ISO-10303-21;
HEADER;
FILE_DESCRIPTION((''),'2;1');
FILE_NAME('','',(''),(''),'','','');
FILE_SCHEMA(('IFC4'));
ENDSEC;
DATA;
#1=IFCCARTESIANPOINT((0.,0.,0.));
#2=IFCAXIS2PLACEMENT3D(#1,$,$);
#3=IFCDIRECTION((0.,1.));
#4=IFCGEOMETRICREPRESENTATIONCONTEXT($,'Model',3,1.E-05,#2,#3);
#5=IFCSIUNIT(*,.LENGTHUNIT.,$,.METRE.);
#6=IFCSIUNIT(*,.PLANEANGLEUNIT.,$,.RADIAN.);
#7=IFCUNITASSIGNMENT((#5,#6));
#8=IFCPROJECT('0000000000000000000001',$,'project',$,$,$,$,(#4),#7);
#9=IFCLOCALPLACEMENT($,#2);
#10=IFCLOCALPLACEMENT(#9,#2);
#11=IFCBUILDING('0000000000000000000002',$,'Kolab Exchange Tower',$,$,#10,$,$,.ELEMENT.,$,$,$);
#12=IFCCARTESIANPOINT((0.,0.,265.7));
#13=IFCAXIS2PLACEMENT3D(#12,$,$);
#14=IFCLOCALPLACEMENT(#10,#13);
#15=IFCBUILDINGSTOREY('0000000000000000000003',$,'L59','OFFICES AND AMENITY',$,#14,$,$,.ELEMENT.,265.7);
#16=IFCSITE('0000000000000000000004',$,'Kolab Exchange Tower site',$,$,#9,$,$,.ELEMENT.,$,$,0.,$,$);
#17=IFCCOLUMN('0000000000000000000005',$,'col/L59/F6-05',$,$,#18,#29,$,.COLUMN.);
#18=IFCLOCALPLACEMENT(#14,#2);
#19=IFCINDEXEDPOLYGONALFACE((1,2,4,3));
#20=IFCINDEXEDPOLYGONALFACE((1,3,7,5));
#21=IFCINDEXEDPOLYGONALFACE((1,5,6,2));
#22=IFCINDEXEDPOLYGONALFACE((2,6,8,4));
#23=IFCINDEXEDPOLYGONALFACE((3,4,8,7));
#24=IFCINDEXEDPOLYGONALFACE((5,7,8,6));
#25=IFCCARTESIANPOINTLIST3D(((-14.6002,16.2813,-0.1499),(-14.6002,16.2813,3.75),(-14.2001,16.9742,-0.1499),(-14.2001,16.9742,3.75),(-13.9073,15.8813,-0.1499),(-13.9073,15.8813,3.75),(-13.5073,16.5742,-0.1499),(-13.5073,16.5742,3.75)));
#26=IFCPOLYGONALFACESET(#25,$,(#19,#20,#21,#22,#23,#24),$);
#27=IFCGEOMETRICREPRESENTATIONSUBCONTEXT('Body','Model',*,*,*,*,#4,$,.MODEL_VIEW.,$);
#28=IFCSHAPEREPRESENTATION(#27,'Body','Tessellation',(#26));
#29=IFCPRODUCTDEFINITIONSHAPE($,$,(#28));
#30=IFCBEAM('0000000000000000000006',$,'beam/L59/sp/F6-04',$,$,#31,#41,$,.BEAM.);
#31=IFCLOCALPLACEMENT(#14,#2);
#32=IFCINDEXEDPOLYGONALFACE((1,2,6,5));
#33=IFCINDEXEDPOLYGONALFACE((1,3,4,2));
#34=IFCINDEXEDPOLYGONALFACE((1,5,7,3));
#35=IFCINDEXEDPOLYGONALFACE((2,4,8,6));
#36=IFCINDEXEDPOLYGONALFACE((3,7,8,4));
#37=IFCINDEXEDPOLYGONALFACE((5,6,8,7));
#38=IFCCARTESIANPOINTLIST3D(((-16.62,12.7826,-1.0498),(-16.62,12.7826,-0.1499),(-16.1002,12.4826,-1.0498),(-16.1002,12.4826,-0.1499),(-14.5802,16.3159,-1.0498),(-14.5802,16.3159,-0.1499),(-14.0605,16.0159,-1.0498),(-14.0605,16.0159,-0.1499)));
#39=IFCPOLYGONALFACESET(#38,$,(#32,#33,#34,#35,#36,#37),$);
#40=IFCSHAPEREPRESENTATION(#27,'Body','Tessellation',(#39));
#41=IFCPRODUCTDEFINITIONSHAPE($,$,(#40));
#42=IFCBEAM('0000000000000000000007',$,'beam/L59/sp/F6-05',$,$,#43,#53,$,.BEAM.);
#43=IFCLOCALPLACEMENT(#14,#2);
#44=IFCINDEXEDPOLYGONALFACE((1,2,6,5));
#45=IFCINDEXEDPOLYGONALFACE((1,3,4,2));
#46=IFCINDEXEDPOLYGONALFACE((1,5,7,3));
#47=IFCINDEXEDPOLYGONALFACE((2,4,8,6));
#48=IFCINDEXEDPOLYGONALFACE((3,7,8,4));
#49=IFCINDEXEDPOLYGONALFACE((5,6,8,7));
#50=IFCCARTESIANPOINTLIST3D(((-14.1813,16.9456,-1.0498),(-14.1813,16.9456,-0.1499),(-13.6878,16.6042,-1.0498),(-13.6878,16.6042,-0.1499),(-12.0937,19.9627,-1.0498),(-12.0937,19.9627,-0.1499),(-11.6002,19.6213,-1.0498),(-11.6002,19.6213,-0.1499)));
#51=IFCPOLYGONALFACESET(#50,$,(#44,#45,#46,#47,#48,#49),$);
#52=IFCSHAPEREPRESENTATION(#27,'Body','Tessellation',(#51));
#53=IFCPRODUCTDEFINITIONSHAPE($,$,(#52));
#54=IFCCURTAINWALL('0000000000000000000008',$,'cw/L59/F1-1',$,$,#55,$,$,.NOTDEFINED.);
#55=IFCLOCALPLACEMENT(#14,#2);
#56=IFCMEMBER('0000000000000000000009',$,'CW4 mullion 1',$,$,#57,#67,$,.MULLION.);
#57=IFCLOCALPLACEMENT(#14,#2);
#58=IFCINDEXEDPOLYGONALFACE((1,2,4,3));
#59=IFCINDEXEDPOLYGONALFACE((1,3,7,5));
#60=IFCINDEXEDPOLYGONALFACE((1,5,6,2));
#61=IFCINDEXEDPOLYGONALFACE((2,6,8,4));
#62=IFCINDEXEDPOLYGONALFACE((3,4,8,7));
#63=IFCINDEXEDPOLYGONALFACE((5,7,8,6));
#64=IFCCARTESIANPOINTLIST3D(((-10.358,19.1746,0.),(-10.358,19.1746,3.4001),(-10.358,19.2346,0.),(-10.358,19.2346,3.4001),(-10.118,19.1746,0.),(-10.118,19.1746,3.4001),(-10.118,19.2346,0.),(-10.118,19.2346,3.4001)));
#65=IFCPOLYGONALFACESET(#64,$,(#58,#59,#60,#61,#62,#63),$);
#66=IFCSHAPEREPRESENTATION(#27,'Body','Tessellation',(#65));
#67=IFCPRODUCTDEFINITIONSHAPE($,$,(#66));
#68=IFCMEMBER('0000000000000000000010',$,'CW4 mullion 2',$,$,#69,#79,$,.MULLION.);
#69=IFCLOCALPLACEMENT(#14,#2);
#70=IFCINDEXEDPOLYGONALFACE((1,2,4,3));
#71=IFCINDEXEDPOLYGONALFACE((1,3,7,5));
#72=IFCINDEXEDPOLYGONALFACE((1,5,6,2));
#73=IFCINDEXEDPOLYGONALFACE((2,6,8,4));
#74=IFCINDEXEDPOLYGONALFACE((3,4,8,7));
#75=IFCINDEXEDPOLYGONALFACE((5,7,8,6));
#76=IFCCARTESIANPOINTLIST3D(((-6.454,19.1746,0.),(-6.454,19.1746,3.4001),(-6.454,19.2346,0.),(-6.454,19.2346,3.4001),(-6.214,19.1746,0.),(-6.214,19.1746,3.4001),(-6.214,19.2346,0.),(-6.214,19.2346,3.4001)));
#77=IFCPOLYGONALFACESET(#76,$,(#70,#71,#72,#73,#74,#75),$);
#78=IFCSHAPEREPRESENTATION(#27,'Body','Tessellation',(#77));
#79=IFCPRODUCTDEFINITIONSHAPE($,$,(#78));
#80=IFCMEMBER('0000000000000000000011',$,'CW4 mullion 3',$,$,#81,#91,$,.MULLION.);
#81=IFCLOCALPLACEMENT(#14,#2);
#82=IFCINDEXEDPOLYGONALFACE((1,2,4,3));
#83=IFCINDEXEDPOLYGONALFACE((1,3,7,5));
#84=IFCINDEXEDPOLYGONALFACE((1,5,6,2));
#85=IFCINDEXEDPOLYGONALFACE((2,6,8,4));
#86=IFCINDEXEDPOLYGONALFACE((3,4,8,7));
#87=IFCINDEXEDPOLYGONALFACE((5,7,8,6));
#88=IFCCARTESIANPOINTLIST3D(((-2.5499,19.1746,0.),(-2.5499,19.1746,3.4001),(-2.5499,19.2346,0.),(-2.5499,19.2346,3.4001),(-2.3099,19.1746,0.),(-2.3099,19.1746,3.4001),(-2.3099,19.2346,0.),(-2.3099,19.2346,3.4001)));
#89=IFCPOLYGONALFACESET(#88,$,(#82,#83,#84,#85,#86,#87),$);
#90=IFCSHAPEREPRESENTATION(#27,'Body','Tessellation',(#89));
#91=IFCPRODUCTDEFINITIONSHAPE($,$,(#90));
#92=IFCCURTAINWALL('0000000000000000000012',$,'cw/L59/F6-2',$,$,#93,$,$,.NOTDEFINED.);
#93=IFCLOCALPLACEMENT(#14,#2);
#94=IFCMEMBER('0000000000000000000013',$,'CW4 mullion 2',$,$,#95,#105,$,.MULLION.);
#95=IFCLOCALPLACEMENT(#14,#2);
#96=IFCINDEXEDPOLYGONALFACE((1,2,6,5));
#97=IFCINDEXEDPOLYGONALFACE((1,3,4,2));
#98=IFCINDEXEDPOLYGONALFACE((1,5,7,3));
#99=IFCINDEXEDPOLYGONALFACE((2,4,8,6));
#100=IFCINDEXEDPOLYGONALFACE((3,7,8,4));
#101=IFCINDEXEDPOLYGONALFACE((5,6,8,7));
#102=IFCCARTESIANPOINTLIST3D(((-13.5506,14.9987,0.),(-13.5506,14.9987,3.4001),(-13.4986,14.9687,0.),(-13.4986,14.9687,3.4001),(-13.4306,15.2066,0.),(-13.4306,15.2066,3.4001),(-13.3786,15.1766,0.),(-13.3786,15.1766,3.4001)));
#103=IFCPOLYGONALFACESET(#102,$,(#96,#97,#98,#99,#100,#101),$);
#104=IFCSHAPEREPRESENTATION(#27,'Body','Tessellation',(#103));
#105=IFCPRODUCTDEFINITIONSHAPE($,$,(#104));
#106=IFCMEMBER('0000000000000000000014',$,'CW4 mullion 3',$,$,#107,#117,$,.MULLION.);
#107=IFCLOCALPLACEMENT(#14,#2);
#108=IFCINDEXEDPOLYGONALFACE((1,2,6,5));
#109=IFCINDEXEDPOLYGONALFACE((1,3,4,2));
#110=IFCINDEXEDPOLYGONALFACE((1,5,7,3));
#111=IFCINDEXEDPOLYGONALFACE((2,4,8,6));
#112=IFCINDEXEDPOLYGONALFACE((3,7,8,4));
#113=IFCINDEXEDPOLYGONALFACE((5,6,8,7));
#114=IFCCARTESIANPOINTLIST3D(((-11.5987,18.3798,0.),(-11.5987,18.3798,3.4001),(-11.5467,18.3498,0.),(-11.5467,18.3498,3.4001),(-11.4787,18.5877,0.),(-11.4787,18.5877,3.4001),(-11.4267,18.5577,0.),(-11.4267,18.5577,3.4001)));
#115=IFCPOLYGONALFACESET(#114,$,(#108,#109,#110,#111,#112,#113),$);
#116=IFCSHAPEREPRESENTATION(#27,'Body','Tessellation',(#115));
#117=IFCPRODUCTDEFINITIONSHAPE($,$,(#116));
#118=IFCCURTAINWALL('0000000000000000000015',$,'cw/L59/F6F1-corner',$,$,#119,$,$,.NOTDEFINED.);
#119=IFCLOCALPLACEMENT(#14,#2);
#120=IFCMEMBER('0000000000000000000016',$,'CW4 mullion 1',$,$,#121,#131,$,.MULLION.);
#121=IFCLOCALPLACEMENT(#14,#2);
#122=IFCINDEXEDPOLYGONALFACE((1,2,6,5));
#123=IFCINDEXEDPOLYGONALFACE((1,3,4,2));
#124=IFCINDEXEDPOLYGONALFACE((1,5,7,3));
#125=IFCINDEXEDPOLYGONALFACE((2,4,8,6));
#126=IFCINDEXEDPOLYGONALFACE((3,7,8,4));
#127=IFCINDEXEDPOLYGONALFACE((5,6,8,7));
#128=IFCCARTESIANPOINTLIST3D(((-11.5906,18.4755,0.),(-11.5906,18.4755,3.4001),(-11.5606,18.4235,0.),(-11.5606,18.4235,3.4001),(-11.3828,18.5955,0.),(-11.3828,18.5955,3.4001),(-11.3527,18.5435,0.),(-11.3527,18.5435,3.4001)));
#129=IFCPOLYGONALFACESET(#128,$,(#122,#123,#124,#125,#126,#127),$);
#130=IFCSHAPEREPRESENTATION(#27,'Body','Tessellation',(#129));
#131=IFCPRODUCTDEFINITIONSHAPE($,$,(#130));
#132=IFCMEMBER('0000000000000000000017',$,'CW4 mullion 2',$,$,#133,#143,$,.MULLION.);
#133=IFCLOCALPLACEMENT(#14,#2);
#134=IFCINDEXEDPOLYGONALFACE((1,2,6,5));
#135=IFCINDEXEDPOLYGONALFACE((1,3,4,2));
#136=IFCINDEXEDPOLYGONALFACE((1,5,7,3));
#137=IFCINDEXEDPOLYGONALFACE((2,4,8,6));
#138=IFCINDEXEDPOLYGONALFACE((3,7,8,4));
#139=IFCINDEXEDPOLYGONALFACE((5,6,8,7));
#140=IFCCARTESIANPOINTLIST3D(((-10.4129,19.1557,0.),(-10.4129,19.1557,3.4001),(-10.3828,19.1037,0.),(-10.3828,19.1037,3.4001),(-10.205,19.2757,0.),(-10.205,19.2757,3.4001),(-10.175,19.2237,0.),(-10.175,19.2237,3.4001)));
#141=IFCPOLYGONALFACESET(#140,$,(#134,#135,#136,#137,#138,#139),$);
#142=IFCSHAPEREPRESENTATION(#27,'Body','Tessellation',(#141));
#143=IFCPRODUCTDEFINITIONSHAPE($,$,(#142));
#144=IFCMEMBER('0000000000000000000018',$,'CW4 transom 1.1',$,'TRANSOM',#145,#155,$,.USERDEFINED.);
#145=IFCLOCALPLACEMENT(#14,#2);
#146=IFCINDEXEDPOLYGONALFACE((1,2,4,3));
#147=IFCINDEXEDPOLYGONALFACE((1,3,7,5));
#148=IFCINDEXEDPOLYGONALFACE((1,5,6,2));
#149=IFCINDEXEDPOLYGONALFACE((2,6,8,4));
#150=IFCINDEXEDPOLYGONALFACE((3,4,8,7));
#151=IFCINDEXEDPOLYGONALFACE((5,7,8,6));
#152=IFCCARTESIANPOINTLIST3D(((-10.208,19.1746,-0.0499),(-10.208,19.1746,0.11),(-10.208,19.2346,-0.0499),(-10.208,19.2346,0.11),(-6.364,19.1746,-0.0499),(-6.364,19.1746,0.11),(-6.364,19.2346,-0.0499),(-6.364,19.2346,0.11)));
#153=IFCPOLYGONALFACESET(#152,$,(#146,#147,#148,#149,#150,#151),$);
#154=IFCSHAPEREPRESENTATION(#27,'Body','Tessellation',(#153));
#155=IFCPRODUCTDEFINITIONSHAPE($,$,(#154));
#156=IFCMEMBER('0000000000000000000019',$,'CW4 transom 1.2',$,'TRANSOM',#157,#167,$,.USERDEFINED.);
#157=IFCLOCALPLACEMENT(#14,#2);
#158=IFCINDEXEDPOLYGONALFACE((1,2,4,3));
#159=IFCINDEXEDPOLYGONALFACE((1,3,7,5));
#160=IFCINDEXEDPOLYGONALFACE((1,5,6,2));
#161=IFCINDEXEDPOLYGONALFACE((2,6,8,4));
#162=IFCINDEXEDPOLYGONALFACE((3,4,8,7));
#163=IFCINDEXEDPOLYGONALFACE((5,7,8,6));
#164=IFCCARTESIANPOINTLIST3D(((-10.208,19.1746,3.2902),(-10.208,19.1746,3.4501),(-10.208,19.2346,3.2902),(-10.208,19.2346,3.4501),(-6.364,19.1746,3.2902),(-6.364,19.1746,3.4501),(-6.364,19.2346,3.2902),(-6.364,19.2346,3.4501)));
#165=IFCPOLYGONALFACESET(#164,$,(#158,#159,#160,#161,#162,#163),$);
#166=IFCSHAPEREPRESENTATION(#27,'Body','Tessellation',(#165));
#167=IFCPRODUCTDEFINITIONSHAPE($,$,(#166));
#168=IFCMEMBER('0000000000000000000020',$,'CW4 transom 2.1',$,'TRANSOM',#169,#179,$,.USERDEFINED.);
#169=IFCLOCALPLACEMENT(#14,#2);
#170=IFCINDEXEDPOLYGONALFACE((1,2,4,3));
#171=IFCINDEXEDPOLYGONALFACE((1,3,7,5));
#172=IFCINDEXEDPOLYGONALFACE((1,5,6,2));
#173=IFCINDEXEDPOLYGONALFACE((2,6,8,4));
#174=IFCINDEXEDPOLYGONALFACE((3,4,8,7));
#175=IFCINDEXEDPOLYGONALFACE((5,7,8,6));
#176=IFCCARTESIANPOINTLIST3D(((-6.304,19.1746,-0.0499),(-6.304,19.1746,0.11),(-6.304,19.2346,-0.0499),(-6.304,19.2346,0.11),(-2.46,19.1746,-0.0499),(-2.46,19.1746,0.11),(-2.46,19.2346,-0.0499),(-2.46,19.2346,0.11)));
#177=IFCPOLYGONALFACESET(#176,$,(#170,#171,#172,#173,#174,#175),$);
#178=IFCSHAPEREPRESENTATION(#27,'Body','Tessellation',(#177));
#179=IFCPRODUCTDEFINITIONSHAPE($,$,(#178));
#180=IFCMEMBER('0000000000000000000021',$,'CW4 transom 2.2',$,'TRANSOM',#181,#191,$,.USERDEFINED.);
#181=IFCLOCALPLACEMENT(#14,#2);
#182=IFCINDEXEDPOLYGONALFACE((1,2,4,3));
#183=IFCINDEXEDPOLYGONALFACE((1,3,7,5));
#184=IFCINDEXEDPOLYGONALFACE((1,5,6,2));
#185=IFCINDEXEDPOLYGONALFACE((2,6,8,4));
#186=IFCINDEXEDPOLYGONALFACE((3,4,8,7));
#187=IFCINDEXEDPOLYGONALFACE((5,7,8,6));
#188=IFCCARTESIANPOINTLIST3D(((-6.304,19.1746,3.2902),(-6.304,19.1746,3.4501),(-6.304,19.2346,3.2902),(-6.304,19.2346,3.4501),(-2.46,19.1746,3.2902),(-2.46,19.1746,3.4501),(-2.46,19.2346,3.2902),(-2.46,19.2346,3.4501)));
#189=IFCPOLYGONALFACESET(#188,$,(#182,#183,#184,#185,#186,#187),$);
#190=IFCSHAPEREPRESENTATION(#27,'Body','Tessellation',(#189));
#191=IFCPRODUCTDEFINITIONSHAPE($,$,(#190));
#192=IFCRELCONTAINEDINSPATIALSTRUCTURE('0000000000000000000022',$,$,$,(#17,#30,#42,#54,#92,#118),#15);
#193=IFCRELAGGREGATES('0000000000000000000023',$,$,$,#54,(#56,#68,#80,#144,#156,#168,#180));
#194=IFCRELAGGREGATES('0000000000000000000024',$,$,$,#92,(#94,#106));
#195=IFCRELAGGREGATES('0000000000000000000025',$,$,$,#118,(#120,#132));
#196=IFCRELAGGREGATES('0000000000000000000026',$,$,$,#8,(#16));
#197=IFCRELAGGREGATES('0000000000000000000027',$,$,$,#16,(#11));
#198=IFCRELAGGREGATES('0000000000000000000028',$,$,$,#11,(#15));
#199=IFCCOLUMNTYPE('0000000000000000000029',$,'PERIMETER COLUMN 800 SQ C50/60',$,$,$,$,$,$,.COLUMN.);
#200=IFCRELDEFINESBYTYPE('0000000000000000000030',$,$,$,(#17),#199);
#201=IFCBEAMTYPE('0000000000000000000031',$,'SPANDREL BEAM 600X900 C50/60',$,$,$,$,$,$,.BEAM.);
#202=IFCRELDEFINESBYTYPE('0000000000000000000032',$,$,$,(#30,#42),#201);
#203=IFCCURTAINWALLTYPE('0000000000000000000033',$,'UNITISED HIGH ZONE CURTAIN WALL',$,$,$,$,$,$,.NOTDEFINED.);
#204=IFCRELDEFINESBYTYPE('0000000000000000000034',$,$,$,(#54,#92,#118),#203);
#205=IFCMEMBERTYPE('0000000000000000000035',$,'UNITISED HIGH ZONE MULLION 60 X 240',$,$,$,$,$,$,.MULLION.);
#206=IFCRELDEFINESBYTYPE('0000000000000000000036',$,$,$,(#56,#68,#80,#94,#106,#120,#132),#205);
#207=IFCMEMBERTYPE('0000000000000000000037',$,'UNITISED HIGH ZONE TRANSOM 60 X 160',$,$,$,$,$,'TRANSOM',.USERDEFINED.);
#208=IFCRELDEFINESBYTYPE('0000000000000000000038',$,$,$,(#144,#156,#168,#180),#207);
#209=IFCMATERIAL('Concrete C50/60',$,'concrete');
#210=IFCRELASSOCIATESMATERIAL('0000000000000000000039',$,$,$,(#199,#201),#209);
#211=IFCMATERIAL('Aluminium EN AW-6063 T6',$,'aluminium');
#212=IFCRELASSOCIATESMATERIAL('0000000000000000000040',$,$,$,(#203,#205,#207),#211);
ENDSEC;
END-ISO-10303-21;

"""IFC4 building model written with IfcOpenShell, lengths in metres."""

from ifc_helpers import new_model, si_unit, direction, frame, origin, origin_2d, place, context, subcontext, project, spatial, rectangle, extrude, material, material_profile, profile_set, type_object, element, aggregate, save


model = new_model("IFC4")

# Units and contexts
model_context = context("Model", 3, precision=1e-05, world=origin(), true_north=direction((0.0, 1.0)))
body_context = subcontext(model_context, "Body", "Model", "MODEL_VIEW")
ifc_project = project(units=[si_unit("LENGTHUNIT", "METRE"), si_unit("PLANEANGLEUNIT", "RADIAN")], contexts=[model_context])

# Site, building, storey
site_placement = place(None, origin())
site = spatial("IfcSite", under=ifc_project, at=site_placement, Name="Kolab Exchange Tower site", CompositionType="ELEMENT", RefElevation=0.0)
building_placement = place(site_placement, origin())
building = spatial("IfcBuilding", under=site, at=building_placement, Name="Kolab Exchange Tower", CompositionType="ELEMENT")
storey_placement = place(building_placement, frame((0.0, 0.0, 265.7)))
storey = spatial("IfcBuildingStorey", under=building, at=storey_placement, Name="L59", Description="OFFICES AND AMENITY", CompositionType="ELEMENT", Elevation=265.7)

# Column
ifc_material_1 = material(Name="Concrete C50/60", Category="concrete")
ifc_material_profile_1 = material_profile(ifc_material_1, rectangle(XDim=0.8, YDim=0.8, at=origin_2d()), Name="RC800")
ifc_profile_set_1 = profile_set([ifc_material_profile_1], Name="Concrete C50/60")
column_type = type_object("IfcColumnType", Name="PERIMETER COLUMN 800 SQ C50/60", PredefinedType="COLUMN", material=ifc_profile_set_1)
column_placement = place(storey_placement, frame((-14.0537, 16.4277, -0.1499), z_axis=(0.0, 0.0, 1.0), x_axis=(0.5, 0.866025, 0.0)))
element("IfcColumn", 1, at=column_placement, inside=storey, type_object=column_type, Name="col/L59/F6-05", PredefinedType="COLUMN", context=body_context, shape_type="SweptSolid", body=[
    extrude(rectangle(XDim=0.8, YDim=0.8, at=origin_2d()), origin(), (0.0, 0.0, 1.0), 3.8999),
])

# Beams
ifc_material_profile_2 = material_profile(ifc_material_1, rectangle(XDim=0.6001, YDim=0.8999, at=origin_2d()), Name="RC600X900")
ifc_profile_set_2 = profile_set([ifc_material_profile_2], Name="Concrete C50/60")
beam_type = type_object("IfcBeamType", Name="SPANDREL BEAM 600X900 C50/60", PredefinedType="BEAM", material=ifc_profile_set_2)
beam_1_placement = place(storey_placement, frame((-16.3601, 12.6326, -0.5999), z_axis=(0.499956, 0.866051, 0.0), x_axis=(-0.866051, 0.499956, 0.0)))
element("IfcBeam", 2, at=beam_1_placement, inside=storey, type_object=beam_type, Name="beam/L59/sp/F6-04", PredefinedType="BEAM", context=body_context, shape_type="SweptSolid", body=[
    extrude(rectangle(XDim=0.6001, YDim=0.8999, at=origin_2d()), origin(), (0.0, 0.0, 1.0), 4.0798),
])
beam_2_placement = place(storey_placement, frame((-13.9346, 16.7749, -0.5999), z_axis=(0.569006, 0.822334, 0.0), x_axis=(-0.822334, 0.569006, 0.0)))
element("IfcBeam", 3, at=beam_2_placement, inside=storey, type_object=beam_type, Name="beam/L59/sp/F6-05", PredefinedType="BEAM", context=body_context, shape_type="SweptSolid", body=[
    extrude(rectangle(XDim=0.6001, YDim=0.8999, at=origin_2d()), origin(), (0.0, 0.0, 1.0), 3.6689),
])

# Curtain walls, members
ifc_material_2 = material(Name="Aluminium EN AW-6063 T6", Category="aluminium")
curtain_wall_type = type_object("IfcCurtainWallType", Name="UNITISED HIGH ZONE CURTAIN WALL", PredefinedType="NOTDEFINED", material=ifc_material_2)
curtain_wall_1_placement = place(storey_placement, origin())
curtain_wall_1 = element("IfcCurtainWall", 4, at=curtain_wall_1_placement, inside=storey, type_object=curtain_wall_type, Name="cw/L59/F1-1", PredefinedType="NOTDEFINED")
ifc_material_profile_3 = material_profile(ifc_material_2, rectangle(XDim=0.0601, YDim=0.24, at=origin_2d()), Name="RECT 60X240")
ifc_profile_set_3 = profile_set([ifc_material_profile_3], Name="Aluminium EN AW-6063 T6")
member_type_1 = type_object("IfcMemberType", Name="UNITISED HIGH ZONE MULLION 60 X 240", PredefinedType="MULLION", material=ifc_profile_set_3)
member_1_placement = place(storey_placement, frame((-10.238, 19.2046, 0.0), z_axis=(0.0, 0.0, 1.0), x_axis=(0.0, 1.0, 0.0)))
member_1 = element("IfcMember", 5, at=member_1_placement, type_object=member_type_1, Name="CW4 mullion 1", PredefinedType="MULLION", context=body_context, shape_type="SweptSolid", body=[
    extrude(rectangle(XDim=0.0601, YDim=0.24, at=origin_2d()), origin(), (0.0, 0.0, 1.0), 3.4001),
])
member_2_placement = place(storey_placement, frame((-6.334, 19.2046, 0.0), z_axis=(0.0, 0.0, 1.0), x_axis=(0.0, 1.0, 0.0)))
member_2 = element("IfcMember", 6, at=member_2_placement, type_object=member_type_1, Name="CW4 mullion 2", PredefinedType="MULLION", context=body_context, shape_type="SweptSolid", body=[
    extrude(rectangle(XDim=0.0601, YDim=0.24, at=origin_2d()), origin(), (0.0, 0.0, 1.0), 3.4001),
])
member_3_placement = place(storey_placement, frame((-2.4299, 19.2046, 0.0), z_axis=(0.0, 0.0, 1.0), x_axis=(0.0, 1.0, 0.0)))
member_3 = element("IfcMember", 7, at=member_3_placement, type_object=member_type_1, Name="CW4 mullion 3", PredefinedType="MULLION", context=body_context, shape_type="SweptSolid", body=[
    extrude(rectangle(XDim=0.0601, YDim=0.24, at=origin_2d()), origin(), (0.0, 0.0, 1.0), 3.4001),
])
curtain_wall_2_placement = place(storey_placement, origin())
curtain_wall_2 = element("IfcCurtainWall", 8, at=curtain_wall_2_placement, inside=storey, type_object=curtain_wall_type, Name="cw/L59/F6-2", PredefinedType="NOTDEFINED")
member_4_placement = place(storey_placement, frame((-13.4646, 15.0876, 0.0), z_axis=(0.0, 0.0, 1.0), x_axis=(-0.866025, 0.5, 0.0)))
member_4 = element("IfcMember", 9, at=member_4_placement, type_object=member_type_1, Name="CW4 mullion 2", PredefinedType="MULLION", context=body_context, shape_type="SweptSolid", body=[
    extrude(rectangle(XDim=0.0601, YDim=0.24, at=origin_2d()), origin(), (0.0, 0.0, 1.0), 3.4001),
])
member_5_placement = place(storey_placement, frame((-11.5127, 18.4688, 0.0), z_axis=(0.0, 0.0, 1.0), x_axis=(-0.866025, 0.5, 0.0)))
member_5 = element("IfcMember", 10, at=member_5_placement, type_object=member_type_1, Name="CW4 mullion 3", PredefinedType="MULLION", context=body_context, shape_type="SweptSolid", body=[
    extrude(rectangle(XDim=0.0601, YDim=0.24, at=origin_2d()), origin(), (0.0, 0.0, 1.0), 3.4001),
])
curtain_wall_3_placement = place(storey_placement, origin())
curtain_wall_3 = element("IfcCurtainWall", 11, at=curtain_wall_3_placement, inside=storey, type_object=curtain_wall_type, Name="cw/L59/F6F1-corner", PredefinedType="NOTDEFINED")
member_6_placement = place(storey_placement, frame((-11.4717, 18.5095, 0.0), z_axis=(0.0, 0.0, 1.0), x_axis=(-0.5, 0.866025, 0.0)))
member_6 = element("IfcMember", 12, at=member_6_placement, type_object=member_type_1, Name="CW4 mullion 1", PredefinedType="MULLION", context=body_context, shape_type="SweptSolid", body=[
    extrude(rectangle(XDim=0.0601, YDim=0.24, at=origin_2d()), origin(), (0.0, 0.0, 1.0), 3.4001),
])
member_7_placement = place(storey_placement, frame((-10.2939, 19.1897, 0.0), z_axis=(0.0, 0.0, 1.0), x_axis=(-0.5, 0.866025, 0.0)))
member_7 = element("IfcMember", 13, at=member_7_placement, type_object=member_type_1, Name="CW4 mullion 2", PredefinedType="MULLION", context=body_context, shape_type="SweptSolid", body=[
    extrude(rectangle(XDim=0.0601, YDim=0.24, at=origin_2d()), origin(), (0.0, 0.0, 1.0), 3.4001),
])

# Members
ifc_material_profile_4 = material_profile(ifc_material_2, rectangle(XDim=0.0601, YDim=0.1599, at=origin_2d()), Name="RECT 60X160")
ifc_profile_set_4 = profile_set([ifc_material_profile_4], Name="Aluminium EN AW-6063 T6")
member_type_2 = type_object("IfcMemberType", Name="UNITISED HIGH ZONE TRANSOM 60 X 160", ElementType="TRANSOM", PredefinedType="USERDEFINED", material=ifc_profile_set_4)
member_8_placement = place(storey_placement, frame((-10.208, 19.2046, 0.03), z_axis=(1.0, 0.0, 0.0), x_axis=(0.0, 1.0, 0.0)))
member_8 = element("IfcMember", 14, at=member_8_placement, type_object=member_type_2, Name="CW4 transom 1.1", ObjectType="TRANSOM", PredefinedType="USERDEFINED", context=body_context, shape_type="SweptSolid", body=[
    extrude(rectangle(XDim=0.0601, YDim=0.1599, at=origin_2d()), origin(), (0.0, 0.0, 1.0), 3.844),
])
member_9_placement = place(storey_placement, frame((-10.208, 19.2046, 3.3701), z_axis=(1.0, 0.0, 0.0), x_axis=(0.0, 1.0, 0.0)))
member_9 = element("IfcMember", 15, at=member_9_placement, type_object=member_type_2, Name="CW4 transom 1.2", ObjectType="TRANSOM", PredefinedType="USERDEFINED", context=body_context, shape_type="SweptSolid", body=[
    extrude(rectangle(XDim=0.0601, YDim=0.1599, at=origin_2d()), origin(), (0.0, 0.0, 1.0), 3.844),
])
member_10_placement = place(storey_placement, frame((-6.304, 19.2046, 0.03), z_axis=(1.0, 0.0, 0.0), x_axis=(0.0, 1.0, 0.0)))
member_10 = element("IfcMember", 16, at=member_10_placement, type_object=member_type_2, Name="CW4 transom 2.1", ObjectType="TRANSOM", PredefinedType="USERDEFINED", context=body_context, shape_type="SweptSolid", body=[
    extrude(rectangle(XDim=0.0601, YDim=0.1599, at=origin_2d()), origin(), (0.0, 0.0, 1.0), 3.844),
])
member_11_placement = place(storey_placement, frame((-6.304, 19.2046, 3.3701), z_axis=(1.0, 0.0, 0.0), x_axis=(0.0, 1.0, 0.0)))
member_11 = element("IfcMember", 17, at=member_11_placement, type_object=member_type_2, Name="CW4 transom 2.2", ObjectType="TRANSOM", PredefinedType="USERDEFINED", context=body_context, shape_type="SweptSolid", body=[
    extrude(rectangle(XDim=0.0601, YDim=0.1599, at=origin_2d()), origin(), (0.0, 0.0, 1.0), 3.844),
])

aggregate(curtain_wall_1, [member_1, member_2, member_3, member_8, member_9, member_10, member_11])
aggregate(curtain_wall_2, [member_4, member_5])
aggregate(curtain_wall_3, [member_6, member_7])

save(model, "model.ifc")
